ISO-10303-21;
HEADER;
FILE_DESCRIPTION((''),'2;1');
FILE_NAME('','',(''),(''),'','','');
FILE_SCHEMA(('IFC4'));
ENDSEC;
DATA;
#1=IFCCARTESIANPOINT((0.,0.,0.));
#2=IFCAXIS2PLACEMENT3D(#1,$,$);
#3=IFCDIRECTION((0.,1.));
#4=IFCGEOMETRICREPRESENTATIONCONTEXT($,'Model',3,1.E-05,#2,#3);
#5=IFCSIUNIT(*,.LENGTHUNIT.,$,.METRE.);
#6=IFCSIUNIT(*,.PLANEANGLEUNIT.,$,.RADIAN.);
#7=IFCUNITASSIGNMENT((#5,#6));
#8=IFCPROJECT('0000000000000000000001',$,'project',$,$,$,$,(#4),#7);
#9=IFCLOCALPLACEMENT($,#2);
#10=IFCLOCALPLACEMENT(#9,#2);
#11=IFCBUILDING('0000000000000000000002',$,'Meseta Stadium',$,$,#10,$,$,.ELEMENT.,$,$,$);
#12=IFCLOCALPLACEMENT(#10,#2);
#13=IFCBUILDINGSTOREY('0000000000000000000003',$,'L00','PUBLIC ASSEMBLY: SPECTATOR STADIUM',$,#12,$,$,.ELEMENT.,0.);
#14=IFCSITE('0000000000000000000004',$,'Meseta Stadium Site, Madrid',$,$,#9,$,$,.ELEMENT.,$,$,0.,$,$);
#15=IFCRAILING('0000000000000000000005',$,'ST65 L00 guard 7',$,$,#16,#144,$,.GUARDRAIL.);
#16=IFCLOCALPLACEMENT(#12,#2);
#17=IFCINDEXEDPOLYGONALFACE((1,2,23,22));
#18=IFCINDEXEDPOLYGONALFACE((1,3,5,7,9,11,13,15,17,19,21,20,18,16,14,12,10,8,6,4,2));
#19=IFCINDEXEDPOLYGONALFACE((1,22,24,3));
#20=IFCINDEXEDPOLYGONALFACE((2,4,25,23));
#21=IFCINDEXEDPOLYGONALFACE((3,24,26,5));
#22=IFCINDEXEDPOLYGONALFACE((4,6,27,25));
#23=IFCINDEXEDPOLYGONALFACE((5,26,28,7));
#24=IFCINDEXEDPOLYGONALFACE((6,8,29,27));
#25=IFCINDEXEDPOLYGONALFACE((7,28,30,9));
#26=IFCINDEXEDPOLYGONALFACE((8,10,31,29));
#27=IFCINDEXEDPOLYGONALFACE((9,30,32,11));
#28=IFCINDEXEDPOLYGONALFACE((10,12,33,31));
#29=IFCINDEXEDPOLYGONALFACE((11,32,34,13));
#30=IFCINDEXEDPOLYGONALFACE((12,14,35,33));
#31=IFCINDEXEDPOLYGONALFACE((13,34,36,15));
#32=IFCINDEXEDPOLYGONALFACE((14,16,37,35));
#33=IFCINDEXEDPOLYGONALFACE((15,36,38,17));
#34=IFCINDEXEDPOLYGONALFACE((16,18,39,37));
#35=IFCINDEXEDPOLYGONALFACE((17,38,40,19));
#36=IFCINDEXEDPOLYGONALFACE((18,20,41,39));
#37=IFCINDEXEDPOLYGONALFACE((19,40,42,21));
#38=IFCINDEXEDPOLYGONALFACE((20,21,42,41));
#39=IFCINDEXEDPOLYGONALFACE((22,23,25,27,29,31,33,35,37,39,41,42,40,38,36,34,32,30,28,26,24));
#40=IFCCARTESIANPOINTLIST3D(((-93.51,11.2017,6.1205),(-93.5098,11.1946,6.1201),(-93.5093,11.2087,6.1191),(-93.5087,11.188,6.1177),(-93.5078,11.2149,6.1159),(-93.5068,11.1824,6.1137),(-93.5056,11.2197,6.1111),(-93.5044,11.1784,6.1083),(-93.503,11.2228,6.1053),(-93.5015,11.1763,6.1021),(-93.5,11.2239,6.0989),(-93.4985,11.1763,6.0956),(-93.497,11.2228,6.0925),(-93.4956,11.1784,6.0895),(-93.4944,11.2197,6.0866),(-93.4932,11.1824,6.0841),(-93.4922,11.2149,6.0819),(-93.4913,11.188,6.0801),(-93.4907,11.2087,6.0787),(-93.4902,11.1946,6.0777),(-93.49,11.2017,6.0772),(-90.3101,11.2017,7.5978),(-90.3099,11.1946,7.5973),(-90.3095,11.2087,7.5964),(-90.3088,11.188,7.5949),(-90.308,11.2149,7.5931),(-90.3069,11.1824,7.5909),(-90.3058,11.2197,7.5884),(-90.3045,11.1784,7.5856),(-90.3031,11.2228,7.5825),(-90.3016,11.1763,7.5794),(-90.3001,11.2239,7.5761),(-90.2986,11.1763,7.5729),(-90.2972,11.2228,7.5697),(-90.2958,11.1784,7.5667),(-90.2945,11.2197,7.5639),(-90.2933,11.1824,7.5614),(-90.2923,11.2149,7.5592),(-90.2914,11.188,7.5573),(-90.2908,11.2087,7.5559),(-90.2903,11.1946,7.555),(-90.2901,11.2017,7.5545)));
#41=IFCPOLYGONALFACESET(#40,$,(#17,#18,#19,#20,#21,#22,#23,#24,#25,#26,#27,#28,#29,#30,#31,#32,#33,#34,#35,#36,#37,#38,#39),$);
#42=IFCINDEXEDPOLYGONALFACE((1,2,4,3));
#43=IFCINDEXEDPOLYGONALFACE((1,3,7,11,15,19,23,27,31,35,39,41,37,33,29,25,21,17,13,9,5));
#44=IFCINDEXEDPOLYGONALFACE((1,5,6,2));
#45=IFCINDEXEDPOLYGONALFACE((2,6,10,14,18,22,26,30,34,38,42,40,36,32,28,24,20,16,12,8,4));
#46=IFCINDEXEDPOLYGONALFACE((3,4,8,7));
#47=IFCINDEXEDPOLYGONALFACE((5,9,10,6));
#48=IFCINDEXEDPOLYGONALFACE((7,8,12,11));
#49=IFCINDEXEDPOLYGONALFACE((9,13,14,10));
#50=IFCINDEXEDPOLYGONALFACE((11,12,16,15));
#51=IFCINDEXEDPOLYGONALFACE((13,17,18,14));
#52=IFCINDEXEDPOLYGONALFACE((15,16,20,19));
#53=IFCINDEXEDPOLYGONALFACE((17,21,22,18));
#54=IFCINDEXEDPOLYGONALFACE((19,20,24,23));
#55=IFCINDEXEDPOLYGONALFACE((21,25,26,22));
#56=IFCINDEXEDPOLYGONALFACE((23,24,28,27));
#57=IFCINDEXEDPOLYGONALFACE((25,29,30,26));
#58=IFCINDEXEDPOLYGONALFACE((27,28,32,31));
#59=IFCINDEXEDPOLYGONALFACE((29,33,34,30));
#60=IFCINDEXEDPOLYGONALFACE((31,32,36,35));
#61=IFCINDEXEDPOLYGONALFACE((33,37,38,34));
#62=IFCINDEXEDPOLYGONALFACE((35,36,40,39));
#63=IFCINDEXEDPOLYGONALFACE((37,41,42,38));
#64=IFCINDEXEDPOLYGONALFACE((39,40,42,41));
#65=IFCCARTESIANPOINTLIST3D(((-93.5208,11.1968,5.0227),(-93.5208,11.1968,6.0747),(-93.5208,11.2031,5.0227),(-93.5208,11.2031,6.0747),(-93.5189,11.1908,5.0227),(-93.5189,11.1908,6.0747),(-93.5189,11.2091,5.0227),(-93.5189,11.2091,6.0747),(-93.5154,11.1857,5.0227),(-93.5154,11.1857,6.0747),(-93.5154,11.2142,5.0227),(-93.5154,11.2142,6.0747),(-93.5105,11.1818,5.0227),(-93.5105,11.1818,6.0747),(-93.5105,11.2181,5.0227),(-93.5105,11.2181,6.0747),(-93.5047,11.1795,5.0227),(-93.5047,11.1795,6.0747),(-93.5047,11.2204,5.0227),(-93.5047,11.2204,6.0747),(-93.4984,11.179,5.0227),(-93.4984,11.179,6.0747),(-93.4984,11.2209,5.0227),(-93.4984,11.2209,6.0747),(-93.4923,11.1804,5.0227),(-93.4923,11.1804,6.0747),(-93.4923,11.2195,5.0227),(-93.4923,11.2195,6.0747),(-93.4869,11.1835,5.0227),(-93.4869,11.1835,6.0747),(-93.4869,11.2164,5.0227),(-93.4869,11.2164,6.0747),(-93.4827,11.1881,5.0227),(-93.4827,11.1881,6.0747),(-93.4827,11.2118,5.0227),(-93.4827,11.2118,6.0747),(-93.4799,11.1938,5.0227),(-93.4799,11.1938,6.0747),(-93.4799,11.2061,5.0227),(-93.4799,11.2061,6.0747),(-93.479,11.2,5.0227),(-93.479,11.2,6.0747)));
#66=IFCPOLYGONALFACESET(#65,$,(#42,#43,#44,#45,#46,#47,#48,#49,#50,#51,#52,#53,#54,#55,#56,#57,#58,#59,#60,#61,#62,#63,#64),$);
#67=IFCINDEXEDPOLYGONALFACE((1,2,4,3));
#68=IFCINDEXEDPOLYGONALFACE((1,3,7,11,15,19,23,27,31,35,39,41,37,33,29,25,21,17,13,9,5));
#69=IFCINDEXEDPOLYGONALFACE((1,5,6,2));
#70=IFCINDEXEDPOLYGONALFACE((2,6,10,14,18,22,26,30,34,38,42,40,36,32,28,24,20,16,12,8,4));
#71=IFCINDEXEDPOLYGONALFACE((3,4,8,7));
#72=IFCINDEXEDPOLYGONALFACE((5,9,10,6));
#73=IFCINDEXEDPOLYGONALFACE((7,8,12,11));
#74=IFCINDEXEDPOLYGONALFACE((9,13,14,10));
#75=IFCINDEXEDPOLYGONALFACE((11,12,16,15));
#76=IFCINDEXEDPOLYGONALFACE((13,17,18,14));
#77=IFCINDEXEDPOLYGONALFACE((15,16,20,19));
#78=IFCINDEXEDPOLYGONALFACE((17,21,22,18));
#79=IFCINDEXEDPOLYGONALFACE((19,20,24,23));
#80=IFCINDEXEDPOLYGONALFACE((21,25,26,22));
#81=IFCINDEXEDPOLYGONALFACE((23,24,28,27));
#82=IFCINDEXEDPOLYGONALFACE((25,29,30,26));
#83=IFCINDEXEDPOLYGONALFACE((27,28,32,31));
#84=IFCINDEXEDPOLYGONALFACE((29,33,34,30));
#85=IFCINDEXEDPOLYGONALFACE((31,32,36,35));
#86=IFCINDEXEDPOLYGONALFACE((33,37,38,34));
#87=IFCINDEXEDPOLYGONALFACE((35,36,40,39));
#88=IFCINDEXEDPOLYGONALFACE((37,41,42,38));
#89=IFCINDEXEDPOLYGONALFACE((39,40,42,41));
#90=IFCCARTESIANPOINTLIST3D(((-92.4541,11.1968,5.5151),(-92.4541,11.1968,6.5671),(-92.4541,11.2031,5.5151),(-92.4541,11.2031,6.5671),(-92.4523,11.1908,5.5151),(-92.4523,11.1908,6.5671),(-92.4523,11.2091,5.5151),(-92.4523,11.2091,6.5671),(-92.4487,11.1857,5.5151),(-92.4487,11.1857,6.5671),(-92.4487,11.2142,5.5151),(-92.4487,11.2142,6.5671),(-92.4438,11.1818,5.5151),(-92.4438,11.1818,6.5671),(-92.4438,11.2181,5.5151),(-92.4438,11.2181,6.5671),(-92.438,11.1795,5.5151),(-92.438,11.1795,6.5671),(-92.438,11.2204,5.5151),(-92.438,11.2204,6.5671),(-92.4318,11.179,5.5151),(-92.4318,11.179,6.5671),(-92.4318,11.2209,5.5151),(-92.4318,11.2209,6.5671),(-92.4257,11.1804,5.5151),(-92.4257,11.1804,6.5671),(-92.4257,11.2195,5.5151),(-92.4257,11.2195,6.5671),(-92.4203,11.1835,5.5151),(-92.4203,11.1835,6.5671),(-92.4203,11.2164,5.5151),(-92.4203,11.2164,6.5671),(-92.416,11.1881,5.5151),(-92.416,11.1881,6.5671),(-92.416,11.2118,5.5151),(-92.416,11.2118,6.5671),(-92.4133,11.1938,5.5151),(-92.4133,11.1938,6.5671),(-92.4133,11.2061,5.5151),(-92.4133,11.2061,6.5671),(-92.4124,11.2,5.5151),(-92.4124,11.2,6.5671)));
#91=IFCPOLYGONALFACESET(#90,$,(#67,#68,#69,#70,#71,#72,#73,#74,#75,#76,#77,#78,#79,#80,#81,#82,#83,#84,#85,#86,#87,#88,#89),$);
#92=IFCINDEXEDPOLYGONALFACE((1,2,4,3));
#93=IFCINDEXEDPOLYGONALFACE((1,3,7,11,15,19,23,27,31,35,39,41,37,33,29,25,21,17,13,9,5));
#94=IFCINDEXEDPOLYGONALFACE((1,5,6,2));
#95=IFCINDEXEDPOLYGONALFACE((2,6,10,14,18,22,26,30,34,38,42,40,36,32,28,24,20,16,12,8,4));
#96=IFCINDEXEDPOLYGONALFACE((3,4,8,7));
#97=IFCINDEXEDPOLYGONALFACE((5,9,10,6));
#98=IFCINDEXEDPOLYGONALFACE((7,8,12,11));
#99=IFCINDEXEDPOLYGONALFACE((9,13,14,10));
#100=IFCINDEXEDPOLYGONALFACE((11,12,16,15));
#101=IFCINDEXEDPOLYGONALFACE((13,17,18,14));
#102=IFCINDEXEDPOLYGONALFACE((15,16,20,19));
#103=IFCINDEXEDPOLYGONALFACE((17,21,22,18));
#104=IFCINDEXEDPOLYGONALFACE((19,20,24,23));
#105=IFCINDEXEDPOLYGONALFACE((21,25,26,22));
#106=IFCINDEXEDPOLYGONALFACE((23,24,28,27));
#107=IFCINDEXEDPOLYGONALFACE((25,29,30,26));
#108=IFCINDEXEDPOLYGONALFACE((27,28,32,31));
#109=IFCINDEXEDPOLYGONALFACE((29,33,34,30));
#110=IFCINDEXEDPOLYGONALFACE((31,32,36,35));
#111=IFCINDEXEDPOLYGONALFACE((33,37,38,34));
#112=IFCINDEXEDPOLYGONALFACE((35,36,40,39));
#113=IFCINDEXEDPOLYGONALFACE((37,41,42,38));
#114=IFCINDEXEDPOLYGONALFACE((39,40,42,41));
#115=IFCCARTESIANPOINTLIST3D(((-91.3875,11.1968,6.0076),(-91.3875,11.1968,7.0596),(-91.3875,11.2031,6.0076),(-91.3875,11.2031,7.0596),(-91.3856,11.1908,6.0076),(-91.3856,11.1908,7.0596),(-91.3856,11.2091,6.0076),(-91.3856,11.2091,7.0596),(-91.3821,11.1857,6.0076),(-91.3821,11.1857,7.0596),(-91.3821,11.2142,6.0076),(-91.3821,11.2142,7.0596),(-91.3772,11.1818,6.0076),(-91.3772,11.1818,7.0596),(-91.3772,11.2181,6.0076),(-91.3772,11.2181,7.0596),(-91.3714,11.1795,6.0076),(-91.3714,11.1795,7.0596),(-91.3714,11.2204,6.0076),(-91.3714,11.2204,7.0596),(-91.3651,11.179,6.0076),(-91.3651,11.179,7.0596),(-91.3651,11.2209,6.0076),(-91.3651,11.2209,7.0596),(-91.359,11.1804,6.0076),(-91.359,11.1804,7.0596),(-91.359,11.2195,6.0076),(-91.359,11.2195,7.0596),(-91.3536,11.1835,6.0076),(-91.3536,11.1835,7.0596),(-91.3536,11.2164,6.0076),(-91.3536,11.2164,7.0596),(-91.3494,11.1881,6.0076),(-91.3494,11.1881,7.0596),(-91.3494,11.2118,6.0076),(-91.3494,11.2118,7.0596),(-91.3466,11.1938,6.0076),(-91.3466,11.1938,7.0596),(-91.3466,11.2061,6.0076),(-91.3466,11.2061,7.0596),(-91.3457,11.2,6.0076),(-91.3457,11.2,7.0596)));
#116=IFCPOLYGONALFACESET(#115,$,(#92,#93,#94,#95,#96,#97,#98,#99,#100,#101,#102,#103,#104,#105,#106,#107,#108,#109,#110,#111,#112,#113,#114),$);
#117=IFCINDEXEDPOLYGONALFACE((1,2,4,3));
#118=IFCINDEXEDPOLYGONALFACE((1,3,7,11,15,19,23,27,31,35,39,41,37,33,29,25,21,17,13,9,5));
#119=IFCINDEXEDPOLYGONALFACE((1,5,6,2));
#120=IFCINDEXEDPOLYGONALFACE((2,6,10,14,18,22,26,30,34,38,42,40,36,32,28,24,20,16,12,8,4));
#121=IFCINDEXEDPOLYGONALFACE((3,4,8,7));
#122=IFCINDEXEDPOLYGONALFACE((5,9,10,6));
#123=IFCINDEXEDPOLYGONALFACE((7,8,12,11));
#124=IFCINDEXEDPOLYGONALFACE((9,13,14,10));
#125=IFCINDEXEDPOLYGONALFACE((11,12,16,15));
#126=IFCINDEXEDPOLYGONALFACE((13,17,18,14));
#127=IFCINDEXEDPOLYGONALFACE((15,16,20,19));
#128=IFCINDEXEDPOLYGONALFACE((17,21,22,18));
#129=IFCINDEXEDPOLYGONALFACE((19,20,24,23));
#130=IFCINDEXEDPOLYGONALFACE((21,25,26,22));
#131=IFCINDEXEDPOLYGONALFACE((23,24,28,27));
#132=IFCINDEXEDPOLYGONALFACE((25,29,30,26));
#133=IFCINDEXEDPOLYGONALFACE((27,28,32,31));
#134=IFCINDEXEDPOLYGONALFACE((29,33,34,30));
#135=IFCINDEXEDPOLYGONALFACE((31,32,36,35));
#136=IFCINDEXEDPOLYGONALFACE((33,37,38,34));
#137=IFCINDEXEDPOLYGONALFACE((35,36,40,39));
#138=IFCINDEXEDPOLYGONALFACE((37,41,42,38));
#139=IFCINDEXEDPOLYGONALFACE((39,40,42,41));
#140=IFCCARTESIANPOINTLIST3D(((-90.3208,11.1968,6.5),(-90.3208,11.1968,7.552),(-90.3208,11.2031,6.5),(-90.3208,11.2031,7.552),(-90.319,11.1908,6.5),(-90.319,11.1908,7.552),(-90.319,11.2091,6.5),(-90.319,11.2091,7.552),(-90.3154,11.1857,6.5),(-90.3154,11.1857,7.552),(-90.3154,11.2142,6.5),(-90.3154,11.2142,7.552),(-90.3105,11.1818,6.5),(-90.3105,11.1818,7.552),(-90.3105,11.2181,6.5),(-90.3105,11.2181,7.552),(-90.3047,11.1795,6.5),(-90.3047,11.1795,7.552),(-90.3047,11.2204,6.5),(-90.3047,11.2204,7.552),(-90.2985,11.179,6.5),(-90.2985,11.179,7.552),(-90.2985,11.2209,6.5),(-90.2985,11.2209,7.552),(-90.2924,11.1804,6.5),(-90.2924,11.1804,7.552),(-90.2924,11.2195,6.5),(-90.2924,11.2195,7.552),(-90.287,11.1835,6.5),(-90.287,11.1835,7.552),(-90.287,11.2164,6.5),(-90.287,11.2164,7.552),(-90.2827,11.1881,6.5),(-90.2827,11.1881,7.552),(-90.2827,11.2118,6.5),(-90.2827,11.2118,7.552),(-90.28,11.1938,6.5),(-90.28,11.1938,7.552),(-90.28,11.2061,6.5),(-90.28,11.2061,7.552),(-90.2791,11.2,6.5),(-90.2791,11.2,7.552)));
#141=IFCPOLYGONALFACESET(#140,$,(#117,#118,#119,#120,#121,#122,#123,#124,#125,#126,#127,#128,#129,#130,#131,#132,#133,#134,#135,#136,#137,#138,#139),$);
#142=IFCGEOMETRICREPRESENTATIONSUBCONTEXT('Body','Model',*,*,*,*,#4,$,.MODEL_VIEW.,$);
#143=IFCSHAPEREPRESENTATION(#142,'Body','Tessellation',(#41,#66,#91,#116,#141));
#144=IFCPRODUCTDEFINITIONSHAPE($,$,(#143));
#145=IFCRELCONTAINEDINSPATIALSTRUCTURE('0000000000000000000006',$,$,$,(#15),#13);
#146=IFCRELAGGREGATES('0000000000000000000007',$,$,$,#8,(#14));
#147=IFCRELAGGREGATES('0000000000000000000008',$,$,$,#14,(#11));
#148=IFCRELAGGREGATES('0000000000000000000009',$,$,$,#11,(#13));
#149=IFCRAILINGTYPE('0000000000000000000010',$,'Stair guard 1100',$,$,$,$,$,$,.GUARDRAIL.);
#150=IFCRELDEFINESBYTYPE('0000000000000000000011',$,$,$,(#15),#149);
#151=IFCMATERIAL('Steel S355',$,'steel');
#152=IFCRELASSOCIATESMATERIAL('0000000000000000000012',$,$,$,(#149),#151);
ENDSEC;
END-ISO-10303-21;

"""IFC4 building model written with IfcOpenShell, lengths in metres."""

from ifc_helpers import new_model, si_unit, direction, frame, origin, origin_2d, place, context, subcontext, project, spatial, circle, extrude, material, type_object, element, save


model = new_model("IFC4")

# Units and contexts
model_context = context("Model", 3, precision=1e-05, world=origin(), true_north=direction((0.0, 1.0)))
body_context = subcontext(model_context, "Body", "Model", "MODEL_VIEW")
ifc_project = project(units=[si_unit("LENGTHUNIT", "METRE"), si_unit("PLANEANGLEUNIT", "RADIAN")], contexts=[model_context])

# Site, building, storey
site_placement = place(None, origin())
site = spatial("IfcSite", under=ifc_project, at=site_placement, Name="Meseta Stadium Site, Madrid", CompositionType="ELEMENT", RefElevation=0.0)
building_placement = place(site_placement, origin())
building = spatial("IfcBuilding", under=site, at=building_placement, Name="Meseta Stadium", CompositionType="ELEMENT")
storey_placement = place(building_placement, origin())
storey = spatial("IfcBuildingStorey", under=building, at=storey_placement, Name="L00", Description="PUBLIC ASSEMBLY: SPECTATOR STADIUM", CompositionType="ELEMENT", Elevation=0.0)

# Railing
ifc_material_1 = material(Name="Steel S355", Category="steel")
railing_type_1 = type_object("IfcRailingType", Name="Stair guard 1100", PredefinedType="GUARDRAIL", material=ifc_material_1)
railing_1_placement = place(storey_placement, frame((-93.5, 11.2, 5.0227)))
element("IfcRailing", 1, at=railing_1_placement, inside=storey, type_object=railing_type_1, Name="ST65 L00 guard 7", PredefinedType="GUARDRAIL", context=body_context, shape_type="SweptSolid", body=[
    extrude(circle(Radius=0.0239, at=origin_2d()), frame((0.0, 0.0, 1.0762), z_axis=(0.907917, 0.0, 0.41915), x_axis=(0.0, 1.0, 0.0)), (0.0, 0.0, 1.0), 3.5244),
    extrude(circle(Radius=0.021, at=origin_2d()), origin(), (0.0, 0.0, 1.0), 1.052),
    extrude(circle(Radius=0.021, at=origin_2d()), frame((1.0667, 0.0, 0.4924)), (0.0, 0.0, 1.0), 1.052),
    extrude(circle(Radius=0.021, at=origin_2d()), frame((2.1333, 0.0, 0.9849)), (0.0, 0.0, 1.0), 1.052),
    extrude(circle(Radius=0.021, at=origin_2d()), frame((3.2, 0.0, 1.4773)), (0.0, 0.0, 1.0), 1.052),
])

save(model, "model.ifc")
